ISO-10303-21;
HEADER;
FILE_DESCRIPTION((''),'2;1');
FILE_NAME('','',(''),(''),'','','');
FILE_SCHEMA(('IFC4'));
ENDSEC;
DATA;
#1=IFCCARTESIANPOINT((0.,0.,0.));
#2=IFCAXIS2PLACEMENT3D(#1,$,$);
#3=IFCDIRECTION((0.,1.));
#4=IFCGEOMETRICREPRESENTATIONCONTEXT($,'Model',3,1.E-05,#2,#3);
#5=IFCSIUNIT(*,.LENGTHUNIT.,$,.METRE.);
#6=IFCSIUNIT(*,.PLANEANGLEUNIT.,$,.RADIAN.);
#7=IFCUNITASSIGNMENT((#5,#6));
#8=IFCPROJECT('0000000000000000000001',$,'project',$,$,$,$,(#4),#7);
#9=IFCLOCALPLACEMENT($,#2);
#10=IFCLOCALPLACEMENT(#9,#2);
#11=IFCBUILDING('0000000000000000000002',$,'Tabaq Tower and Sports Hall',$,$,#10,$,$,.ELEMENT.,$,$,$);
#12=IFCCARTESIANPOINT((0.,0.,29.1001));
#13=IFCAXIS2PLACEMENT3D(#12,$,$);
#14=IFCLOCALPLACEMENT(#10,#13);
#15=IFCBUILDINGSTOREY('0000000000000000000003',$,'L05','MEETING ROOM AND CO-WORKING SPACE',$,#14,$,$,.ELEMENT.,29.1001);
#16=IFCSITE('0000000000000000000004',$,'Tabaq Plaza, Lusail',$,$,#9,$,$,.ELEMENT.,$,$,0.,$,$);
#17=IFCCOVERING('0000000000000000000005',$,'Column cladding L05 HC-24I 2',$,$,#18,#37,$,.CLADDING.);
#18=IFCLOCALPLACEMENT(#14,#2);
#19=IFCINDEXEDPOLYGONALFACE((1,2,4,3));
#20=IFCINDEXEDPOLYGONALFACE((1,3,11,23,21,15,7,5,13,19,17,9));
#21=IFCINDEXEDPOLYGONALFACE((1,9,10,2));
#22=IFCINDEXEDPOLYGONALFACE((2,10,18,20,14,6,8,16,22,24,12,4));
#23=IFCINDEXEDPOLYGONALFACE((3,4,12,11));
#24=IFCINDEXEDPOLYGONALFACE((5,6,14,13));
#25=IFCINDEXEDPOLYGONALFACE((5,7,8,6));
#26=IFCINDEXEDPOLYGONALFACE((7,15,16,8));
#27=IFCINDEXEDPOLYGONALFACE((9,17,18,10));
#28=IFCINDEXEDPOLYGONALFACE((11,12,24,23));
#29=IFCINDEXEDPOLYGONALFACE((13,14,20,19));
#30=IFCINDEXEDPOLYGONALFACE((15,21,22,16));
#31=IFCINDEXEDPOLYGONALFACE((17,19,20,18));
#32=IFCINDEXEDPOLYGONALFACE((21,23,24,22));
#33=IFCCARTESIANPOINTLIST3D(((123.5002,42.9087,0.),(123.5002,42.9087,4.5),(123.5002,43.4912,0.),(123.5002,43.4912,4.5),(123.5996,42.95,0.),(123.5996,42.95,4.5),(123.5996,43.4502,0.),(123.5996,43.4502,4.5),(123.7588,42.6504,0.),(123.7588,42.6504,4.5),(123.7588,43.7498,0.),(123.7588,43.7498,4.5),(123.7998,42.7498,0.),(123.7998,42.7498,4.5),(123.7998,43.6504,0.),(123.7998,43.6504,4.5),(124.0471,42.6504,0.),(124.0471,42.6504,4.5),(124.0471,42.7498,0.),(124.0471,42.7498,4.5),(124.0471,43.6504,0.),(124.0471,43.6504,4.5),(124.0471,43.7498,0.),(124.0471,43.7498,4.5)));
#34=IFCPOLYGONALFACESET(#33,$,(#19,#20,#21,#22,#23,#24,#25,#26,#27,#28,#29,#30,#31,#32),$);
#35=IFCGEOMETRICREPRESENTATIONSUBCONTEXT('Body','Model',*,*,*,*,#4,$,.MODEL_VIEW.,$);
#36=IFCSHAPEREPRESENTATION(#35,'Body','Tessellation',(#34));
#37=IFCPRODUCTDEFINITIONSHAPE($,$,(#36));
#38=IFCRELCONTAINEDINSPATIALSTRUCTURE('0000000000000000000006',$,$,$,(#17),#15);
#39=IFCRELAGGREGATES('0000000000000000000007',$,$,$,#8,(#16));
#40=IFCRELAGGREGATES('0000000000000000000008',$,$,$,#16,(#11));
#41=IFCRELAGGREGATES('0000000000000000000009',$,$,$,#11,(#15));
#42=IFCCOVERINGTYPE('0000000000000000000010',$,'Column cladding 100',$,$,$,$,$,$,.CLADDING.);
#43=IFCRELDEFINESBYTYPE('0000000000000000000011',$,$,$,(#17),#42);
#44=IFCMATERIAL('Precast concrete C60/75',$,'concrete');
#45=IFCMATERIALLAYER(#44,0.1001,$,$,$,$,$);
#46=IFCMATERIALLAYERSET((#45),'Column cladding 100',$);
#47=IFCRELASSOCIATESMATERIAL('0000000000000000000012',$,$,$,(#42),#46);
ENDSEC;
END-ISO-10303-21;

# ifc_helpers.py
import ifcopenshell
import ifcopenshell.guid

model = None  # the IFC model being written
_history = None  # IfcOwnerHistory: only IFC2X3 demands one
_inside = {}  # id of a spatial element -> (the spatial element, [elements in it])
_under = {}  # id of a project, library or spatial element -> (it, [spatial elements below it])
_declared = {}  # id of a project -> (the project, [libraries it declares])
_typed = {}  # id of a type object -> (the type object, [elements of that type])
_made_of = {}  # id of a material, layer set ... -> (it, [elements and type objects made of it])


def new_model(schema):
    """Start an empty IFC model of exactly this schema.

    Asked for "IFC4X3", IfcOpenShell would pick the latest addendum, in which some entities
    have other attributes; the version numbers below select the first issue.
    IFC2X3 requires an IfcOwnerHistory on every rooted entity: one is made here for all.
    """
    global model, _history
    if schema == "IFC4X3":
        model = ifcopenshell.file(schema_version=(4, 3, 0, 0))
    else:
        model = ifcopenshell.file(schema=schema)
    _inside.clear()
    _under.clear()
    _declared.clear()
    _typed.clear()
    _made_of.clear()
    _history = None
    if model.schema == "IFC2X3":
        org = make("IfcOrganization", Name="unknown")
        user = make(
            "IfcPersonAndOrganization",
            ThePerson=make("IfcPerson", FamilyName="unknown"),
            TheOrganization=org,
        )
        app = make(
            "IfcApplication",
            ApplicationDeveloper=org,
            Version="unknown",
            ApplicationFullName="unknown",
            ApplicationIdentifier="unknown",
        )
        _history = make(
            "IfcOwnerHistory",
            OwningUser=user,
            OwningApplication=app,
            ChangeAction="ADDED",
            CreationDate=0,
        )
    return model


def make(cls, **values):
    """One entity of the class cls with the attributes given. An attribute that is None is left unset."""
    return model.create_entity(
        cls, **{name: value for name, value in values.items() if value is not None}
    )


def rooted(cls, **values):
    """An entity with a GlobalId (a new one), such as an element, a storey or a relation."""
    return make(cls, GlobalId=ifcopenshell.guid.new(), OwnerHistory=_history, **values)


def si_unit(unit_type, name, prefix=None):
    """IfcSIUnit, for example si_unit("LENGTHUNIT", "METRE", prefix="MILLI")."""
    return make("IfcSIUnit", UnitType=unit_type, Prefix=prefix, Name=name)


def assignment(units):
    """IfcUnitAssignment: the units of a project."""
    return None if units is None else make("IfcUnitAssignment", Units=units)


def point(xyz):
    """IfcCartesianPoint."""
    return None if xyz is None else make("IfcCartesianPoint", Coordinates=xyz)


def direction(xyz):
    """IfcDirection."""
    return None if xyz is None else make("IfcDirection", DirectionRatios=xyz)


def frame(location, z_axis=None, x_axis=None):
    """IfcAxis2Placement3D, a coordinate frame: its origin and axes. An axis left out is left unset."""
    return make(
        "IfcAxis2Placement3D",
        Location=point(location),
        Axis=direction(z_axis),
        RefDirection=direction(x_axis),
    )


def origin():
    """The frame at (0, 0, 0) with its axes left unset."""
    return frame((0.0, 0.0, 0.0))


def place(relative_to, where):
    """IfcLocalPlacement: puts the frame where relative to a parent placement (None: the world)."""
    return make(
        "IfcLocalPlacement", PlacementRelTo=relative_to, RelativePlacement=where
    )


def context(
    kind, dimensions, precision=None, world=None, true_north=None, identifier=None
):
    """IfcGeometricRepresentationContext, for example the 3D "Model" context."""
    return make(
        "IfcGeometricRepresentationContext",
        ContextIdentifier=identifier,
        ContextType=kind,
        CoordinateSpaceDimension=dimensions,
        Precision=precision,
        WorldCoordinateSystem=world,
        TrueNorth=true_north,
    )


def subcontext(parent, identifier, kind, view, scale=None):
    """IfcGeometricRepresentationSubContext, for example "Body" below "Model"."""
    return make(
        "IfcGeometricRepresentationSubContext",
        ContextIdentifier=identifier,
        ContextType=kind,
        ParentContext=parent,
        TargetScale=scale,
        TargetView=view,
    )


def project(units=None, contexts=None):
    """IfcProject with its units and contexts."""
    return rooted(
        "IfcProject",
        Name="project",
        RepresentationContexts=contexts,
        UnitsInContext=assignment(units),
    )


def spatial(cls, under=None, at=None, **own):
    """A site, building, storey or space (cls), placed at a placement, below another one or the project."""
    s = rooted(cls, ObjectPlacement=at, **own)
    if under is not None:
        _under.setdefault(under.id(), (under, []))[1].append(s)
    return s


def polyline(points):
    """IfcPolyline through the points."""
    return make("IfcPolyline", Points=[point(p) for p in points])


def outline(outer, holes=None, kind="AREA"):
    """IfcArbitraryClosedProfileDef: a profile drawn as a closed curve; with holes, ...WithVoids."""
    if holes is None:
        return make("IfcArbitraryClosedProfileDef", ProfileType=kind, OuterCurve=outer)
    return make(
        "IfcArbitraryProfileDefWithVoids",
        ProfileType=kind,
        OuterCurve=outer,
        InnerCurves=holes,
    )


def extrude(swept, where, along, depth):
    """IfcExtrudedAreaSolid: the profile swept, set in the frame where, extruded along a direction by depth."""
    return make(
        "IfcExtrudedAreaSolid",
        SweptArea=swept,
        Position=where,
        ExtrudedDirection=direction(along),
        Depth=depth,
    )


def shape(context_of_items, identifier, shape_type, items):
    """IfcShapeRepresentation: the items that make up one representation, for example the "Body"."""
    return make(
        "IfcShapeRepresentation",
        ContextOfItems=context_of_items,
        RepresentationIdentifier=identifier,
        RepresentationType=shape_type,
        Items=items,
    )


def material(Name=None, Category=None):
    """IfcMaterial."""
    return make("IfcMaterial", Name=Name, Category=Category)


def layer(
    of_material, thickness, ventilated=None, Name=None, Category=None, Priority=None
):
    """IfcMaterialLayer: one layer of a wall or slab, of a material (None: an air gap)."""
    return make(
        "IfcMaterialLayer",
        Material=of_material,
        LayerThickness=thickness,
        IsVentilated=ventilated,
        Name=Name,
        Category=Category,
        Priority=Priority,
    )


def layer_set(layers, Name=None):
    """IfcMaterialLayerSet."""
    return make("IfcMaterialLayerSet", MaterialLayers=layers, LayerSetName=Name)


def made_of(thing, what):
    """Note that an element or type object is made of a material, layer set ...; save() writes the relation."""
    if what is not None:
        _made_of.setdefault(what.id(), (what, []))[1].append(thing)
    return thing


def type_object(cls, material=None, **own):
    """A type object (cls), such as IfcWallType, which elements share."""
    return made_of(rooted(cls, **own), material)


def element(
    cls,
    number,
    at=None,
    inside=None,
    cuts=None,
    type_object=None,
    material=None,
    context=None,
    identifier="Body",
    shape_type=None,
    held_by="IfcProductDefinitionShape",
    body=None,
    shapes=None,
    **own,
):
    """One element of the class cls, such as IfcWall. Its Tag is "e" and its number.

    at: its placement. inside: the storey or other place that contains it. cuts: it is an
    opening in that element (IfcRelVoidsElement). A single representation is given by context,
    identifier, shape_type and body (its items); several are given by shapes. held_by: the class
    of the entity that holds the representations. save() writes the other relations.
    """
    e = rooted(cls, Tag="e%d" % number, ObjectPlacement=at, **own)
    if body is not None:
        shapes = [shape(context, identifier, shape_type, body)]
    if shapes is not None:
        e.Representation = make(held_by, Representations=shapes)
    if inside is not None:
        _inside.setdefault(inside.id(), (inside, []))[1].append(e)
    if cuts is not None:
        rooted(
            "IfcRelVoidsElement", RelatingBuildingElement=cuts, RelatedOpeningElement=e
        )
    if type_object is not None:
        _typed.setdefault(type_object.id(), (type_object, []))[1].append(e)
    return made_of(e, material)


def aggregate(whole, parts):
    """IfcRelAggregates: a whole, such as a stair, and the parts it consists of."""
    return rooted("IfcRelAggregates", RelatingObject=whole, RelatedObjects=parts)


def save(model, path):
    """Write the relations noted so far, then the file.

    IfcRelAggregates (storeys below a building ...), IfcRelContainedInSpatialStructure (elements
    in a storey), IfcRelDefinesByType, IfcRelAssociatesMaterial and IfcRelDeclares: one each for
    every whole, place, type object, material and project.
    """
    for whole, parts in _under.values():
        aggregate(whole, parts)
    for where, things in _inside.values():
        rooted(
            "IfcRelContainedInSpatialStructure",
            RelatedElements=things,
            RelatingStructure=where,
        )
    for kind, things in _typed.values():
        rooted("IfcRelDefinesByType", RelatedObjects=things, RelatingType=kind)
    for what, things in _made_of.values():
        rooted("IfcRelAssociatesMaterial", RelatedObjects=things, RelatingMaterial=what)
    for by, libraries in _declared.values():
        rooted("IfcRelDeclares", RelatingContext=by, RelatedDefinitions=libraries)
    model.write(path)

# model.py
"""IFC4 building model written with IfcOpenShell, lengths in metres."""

from ifc_helpers import new_model, si_unit, direction, frame, origin, place, context, subcontext, project, spatial, polyline, outline, extrude, material, layer, layer_set, type_object, element, save


model = new_model("IFC4")

# Units and contexts
model_context = context("Model", 3, precision=1e-05, world=origin(), true_north=direction((0.0, 1.0)))
body_context = subcontext(model_context, "Body", "Model", "MODEL_VIEW")
ifc_project = project(units=[si_unit("LENGTHUNIT", "METRE"), si_unit("PLANEANGLEUNIT", "RADIAN")], contexts=[model_context])

# Site, building, storey
site_placement = place(None, origin())
site = spatial("IfcSite", under=ifc_project, at=site_placement, Name="Tabaq Plaza, Lusail", CompositionType="ELEMENT", RefElevation=0.0)
building_placement = place(site_placement, origin())
building = spatial("IfcBuilding", under=site, at=building_placement, Name="Tabaq Tower and Sports Hall", CompositionType="ELEMENT")
storey_placement = place(building_placement, frame((0.0, 0.0, 29.1001)))
storey = spatial("IfcBuildingStorey", under=building, at=storey_placement, Name="L05", Description="MEETING ROOM AND CO-WORKING SPACE", CompositionType="ELEMENT", Elevation=29.1001)

# Covering
ifc_material_1 = material(Name="Precast concrete C60/75", Category="concrete")
ifc_layer_1 = layer(ifc_material_1, 0.1001)
ifc_layer_set_1 = layer_set([ifc_layer_1], Name="Column cladding 100")
covering_type = type_object("IfcCoveringType", Name="Column cladding 100", PredefinedType="CLADDING", material=ifc_layer_set_1)
covering_1_placement = place(storey_placement, origin())
element("IfcCovering", 1, at=covering_1_placement, inside=storey, type_object=covering_type, Name="Column cladding L05 HC-24I 2", PredefinedType="CLADDING", context=body_context, shape_type="SweptSolid", body=[
    extrude(outline(polyline([(123.5002, 43.4912), (123.7588, 43.7498), (124.0471, 43.7498), (124.0471, 43.6504), (123.7998, 43.6504), (123.5996, 43.4502), (123.5996, 42.95), (123.7998, 42.7498), (124.0471, 42.7498), (124.0471, 42.6504), (123.7588, 42.6504), (123.5002, 42.9087), (123.5002, 43.4912)])), origin(), (0.0, 0.0, 1.0), 4.5),
])

save(model, "model.ifc")
